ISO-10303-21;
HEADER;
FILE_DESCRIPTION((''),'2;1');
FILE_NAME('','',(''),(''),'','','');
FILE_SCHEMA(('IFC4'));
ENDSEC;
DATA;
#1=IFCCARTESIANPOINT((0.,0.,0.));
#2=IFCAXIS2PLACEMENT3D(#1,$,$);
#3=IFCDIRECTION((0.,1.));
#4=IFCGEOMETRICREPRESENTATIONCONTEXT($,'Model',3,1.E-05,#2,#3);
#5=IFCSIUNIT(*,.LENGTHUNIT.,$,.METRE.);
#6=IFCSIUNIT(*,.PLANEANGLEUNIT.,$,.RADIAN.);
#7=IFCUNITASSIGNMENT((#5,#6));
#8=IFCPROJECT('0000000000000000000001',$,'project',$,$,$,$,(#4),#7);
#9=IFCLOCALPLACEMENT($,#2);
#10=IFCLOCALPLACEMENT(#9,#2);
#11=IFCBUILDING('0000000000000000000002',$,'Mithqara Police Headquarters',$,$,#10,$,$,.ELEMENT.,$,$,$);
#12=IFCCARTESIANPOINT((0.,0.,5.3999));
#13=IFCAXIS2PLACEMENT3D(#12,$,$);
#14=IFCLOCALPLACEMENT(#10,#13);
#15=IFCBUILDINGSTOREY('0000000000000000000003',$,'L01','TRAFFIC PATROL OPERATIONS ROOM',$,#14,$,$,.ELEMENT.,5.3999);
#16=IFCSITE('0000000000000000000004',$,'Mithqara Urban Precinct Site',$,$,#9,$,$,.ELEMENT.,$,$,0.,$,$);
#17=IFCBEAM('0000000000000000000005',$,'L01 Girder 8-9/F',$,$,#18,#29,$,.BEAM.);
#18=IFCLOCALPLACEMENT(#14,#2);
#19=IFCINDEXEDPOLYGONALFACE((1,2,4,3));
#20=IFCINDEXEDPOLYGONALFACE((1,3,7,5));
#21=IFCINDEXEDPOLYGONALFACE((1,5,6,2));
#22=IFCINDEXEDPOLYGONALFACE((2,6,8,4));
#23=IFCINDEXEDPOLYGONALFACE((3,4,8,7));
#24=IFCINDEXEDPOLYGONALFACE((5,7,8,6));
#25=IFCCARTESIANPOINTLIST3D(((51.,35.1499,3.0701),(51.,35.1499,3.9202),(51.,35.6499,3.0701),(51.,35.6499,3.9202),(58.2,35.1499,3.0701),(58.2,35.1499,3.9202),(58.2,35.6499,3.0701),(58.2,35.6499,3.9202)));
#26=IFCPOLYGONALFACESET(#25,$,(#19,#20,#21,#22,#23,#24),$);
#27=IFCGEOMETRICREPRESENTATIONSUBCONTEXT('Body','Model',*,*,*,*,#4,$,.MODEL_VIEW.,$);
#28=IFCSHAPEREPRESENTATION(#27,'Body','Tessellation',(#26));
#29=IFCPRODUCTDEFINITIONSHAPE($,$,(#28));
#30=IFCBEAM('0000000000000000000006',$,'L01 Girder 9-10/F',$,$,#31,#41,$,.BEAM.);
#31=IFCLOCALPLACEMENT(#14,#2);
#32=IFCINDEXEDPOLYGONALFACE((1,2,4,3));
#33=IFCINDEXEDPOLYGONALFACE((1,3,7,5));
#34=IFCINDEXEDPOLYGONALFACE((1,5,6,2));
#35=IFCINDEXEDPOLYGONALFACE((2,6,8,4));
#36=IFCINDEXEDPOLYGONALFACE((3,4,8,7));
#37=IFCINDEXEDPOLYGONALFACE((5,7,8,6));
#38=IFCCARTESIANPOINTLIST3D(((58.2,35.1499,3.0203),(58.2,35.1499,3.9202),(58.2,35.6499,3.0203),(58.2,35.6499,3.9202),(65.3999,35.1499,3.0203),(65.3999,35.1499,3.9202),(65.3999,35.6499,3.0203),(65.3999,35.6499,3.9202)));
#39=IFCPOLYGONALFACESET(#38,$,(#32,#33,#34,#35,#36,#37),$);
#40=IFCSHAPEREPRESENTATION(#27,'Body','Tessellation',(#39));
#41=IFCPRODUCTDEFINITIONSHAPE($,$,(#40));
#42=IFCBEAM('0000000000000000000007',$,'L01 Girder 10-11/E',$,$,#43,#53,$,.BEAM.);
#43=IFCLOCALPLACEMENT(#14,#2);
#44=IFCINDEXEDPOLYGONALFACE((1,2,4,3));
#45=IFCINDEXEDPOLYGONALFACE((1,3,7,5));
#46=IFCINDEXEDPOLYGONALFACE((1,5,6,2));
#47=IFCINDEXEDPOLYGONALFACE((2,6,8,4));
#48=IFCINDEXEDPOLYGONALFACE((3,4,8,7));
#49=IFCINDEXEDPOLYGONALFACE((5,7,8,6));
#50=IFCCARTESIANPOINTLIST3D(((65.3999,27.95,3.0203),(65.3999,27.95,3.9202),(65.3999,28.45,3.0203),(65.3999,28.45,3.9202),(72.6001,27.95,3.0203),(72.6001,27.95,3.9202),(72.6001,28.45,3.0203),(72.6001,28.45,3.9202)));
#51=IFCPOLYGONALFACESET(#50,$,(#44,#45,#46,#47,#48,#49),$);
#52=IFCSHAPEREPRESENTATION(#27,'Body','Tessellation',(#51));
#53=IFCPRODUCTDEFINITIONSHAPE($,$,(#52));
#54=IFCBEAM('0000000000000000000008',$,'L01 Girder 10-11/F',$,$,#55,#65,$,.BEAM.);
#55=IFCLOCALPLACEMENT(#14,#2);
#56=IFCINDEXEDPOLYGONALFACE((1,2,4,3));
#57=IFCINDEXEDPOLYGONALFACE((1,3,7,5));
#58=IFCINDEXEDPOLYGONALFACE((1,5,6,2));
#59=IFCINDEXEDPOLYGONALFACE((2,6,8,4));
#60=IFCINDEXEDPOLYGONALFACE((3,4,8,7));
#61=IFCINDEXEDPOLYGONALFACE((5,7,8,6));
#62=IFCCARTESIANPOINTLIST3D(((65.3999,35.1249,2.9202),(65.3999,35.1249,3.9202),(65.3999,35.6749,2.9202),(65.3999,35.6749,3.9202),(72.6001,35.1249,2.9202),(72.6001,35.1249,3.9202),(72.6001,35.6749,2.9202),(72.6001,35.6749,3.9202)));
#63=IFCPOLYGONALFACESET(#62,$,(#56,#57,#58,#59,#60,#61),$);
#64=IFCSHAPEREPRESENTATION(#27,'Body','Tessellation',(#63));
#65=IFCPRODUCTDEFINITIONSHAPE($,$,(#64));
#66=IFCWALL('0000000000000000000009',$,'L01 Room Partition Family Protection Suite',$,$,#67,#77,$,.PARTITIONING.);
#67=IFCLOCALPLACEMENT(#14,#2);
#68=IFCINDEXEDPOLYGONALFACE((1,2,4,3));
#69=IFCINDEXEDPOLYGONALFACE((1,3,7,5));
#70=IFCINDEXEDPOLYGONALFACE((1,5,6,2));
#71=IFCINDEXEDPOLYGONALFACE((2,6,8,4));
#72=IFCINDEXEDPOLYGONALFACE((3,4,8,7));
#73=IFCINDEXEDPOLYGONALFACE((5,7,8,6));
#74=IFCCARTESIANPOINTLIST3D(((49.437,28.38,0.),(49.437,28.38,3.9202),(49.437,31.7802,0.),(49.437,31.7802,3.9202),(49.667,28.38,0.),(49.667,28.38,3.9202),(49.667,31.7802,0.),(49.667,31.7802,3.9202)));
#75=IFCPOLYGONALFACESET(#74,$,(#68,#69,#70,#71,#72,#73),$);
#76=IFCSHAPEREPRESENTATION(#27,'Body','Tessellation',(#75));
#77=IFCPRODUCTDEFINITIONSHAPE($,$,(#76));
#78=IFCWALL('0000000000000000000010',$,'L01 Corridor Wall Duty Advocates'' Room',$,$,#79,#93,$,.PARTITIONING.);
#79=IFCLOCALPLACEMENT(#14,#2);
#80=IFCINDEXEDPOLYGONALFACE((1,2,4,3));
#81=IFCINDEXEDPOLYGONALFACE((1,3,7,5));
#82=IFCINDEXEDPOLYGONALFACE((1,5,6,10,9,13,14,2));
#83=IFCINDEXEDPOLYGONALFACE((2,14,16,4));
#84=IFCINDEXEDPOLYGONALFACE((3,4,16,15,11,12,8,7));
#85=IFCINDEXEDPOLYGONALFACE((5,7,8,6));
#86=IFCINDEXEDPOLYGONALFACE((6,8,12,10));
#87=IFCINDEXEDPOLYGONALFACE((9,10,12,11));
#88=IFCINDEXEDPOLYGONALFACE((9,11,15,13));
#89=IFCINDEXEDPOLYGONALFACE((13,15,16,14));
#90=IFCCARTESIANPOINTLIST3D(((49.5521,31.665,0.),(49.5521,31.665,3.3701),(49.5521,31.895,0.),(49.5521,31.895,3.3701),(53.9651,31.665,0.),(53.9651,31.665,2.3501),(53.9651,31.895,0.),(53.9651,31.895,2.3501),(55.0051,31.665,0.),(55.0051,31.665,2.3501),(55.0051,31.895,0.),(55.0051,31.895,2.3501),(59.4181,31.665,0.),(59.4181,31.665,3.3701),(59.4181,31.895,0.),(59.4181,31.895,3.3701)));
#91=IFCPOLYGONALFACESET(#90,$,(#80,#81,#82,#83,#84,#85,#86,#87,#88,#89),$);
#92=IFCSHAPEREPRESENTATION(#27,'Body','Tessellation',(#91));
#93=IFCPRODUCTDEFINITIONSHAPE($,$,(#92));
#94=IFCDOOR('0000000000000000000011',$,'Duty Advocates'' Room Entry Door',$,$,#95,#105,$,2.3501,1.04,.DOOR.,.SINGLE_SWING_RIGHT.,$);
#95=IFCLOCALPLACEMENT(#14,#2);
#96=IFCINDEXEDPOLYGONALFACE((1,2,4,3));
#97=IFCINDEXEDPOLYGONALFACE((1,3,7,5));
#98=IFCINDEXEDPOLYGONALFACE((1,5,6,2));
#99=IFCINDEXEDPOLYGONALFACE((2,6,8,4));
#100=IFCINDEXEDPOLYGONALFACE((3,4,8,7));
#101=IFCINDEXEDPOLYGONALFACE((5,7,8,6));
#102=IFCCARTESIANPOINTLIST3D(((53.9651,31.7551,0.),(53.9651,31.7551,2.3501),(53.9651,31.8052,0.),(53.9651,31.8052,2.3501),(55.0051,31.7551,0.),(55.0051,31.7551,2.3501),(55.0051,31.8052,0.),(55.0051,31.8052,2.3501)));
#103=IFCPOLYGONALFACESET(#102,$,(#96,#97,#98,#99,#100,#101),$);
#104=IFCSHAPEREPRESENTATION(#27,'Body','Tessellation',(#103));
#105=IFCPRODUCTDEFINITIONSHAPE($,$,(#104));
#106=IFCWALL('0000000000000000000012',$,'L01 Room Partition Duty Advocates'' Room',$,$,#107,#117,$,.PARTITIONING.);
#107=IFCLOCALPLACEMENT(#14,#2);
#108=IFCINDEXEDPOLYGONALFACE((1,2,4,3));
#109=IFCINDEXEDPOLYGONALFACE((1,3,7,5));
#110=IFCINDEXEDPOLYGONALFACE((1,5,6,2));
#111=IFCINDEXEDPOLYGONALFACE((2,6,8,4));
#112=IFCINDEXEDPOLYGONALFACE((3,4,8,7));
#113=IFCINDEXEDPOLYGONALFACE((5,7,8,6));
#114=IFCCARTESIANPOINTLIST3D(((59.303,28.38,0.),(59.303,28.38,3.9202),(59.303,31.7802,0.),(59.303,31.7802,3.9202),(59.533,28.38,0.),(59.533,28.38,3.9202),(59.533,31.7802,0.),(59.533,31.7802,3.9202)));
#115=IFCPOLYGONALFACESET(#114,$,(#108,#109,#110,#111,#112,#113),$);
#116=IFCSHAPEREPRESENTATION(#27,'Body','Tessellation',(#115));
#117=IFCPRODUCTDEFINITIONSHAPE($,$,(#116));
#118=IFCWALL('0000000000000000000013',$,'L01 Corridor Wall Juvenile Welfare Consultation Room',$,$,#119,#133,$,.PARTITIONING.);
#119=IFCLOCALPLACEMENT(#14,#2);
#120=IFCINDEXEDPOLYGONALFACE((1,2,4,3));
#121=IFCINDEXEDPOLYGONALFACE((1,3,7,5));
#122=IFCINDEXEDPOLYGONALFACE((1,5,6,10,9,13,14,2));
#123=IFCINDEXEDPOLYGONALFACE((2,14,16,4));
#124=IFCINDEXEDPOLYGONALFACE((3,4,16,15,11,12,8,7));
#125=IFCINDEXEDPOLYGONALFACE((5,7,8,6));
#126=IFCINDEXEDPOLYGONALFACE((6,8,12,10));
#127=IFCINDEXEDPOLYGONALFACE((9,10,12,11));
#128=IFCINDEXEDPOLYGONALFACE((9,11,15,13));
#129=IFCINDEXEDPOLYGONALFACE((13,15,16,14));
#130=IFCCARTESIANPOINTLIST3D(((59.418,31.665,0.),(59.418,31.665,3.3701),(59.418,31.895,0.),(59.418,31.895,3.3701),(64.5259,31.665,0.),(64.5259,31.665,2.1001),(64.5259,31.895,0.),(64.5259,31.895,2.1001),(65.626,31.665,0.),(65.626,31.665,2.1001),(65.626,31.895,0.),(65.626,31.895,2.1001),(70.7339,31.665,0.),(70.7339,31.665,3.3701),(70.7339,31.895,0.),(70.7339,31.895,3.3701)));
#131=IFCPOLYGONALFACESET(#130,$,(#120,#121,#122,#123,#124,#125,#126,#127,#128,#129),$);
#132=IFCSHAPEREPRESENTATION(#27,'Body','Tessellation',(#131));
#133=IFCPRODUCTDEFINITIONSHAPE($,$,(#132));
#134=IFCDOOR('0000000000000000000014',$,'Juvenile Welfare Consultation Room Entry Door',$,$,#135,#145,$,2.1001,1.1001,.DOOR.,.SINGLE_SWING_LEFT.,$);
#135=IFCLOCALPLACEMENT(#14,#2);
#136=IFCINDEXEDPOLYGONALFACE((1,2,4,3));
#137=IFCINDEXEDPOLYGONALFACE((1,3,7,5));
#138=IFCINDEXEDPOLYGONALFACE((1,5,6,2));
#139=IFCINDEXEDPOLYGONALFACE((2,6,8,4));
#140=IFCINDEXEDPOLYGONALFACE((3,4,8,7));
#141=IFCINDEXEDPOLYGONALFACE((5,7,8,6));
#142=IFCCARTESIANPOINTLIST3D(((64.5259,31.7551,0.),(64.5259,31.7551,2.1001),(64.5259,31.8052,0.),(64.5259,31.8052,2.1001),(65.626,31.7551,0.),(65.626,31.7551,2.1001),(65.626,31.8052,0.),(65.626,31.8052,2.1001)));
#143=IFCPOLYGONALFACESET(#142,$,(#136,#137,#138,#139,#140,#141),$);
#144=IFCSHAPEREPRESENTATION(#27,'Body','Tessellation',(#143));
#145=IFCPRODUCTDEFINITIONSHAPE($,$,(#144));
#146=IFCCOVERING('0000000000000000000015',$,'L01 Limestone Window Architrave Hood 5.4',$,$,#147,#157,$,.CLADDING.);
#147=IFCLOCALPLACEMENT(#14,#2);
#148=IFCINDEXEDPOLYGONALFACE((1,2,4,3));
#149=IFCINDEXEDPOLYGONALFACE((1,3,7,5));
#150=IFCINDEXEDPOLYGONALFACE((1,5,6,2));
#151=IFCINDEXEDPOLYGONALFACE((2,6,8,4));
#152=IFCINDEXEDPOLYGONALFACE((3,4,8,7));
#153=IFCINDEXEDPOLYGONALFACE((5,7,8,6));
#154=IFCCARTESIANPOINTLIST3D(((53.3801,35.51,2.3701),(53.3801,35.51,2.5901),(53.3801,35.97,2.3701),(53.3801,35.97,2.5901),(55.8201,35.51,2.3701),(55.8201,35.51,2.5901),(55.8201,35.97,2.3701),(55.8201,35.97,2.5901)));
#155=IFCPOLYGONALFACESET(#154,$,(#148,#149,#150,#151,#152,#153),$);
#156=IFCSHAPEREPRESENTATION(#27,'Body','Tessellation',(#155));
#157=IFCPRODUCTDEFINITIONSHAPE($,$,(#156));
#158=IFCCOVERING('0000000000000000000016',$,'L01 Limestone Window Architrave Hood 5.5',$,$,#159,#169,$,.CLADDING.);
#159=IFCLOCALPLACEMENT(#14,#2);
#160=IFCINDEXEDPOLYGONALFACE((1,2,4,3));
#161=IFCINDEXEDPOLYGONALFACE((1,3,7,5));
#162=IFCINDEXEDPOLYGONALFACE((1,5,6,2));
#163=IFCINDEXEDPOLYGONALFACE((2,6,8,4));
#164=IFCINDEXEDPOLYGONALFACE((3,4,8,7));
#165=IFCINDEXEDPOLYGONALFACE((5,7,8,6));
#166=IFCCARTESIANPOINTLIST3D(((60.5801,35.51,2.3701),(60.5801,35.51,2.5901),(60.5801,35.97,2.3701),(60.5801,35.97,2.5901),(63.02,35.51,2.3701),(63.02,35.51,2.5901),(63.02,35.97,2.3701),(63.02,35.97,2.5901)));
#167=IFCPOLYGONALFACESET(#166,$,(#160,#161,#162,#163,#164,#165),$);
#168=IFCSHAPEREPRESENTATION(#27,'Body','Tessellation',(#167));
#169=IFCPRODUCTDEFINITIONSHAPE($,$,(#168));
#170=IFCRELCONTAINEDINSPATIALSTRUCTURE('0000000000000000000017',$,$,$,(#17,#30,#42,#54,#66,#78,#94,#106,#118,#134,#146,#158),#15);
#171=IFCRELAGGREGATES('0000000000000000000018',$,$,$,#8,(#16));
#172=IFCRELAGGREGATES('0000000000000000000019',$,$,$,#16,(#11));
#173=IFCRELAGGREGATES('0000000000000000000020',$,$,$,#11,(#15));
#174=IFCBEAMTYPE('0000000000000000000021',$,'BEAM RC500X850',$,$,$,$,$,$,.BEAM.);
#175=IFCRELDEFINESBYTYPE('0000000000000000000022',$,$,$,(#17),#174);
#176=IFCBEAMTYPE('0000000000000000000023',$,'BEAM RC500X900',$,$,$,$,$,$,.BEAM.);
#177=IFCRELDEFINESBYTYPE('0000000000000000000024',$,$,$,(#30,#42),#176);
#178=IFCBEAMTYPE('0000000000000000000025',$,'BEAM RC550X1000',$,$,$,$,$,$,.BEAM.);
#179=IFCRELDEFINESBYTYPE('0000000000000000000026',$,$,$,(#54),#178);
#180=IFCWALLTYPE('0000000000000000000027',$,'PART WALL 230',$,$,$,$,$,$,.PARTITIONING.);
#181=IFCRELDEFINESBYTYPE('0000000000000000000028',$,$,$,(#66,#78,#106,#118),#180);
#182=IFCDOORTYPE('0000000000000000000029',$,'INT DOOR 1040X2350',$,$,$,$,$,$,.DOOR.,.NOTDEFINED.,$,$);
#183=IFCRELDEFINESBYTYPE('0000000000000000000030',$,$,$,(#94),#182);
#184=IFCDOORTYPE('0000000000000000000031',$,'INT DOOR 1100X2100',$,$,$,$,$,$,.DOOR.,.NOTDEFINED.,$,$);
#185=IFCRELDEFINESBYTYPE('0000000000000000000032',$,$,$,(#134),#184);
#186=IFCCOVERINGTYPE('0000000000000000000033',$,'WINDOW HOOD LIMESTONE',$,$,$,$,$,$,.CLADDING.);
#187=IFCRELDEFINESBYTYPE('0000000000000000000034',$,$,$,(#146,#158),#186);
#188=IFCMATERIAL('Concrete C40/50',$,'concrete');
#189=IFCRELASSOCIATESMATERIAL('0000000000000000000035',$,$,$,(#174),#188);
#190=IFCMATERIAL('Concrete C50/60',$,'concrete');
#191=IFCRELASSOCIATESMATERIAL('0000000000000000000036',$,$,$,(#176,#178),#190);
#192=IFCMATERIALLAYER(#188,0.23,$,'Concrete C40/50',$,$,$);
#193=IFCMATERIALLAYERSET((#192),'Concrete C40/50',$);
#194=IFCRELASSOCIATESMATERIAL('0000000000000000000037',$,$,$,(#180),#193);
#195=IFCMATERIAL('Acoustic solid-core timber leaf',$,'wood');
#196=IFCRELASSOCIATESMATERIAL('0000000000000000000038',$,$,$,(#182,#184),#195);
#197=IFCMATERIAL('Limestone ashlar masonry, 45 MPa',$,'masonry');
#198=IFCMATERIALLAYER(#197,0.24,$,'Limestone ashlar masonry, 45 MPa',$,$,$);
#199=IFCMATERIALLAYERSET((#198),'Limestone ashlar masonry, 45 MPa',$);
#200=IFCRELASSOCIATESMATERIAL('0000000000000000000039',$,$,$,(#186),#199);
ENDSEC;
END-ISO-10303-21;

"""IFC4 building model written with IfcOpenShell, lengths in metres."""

from ifc_helpers import new_model, si_unit, direction, frame, frame_2d, origin, origin_2d, place, context, subcontext, project, spatial, rectangle, extrude, material, layer, layer_set, material_profile, profile_set, type_object, element, fill, save


model = new_model("IFC4")

# Units and contexts
model_context = context("Model", 3, precision=1e-05, world=origin(), true_north=direction((0.0, 1.0)))
body_context = subcontext(model_context, "Body", "Model", "MODEL_VIEW")
ifc_project = project(units=[si_unit("LENGTHUNIT", "METRE"), si_unit("PLANEANGLEUNIT", "RADIAN")], contexts=[model_context])

# Site, building, storey
site_placement = place(None, origin())
site = spatial("IfcSite", under=ifc_project, at=site_placement, Name="Mithqara Urban Precinct Site", CompositionType="ELEMENT", RefElevation=0.0)
building_placement = place(site_placement, origin())
building = spatial("IfcBuilding", under=site, at=building_placement, Name="Mithqara Police Headquarters", CompositionType="ELEMENT")
storey_placement = place(building_placement, frame((0.0, 0.0, 5.3999)))
storey = spatial("IfcBuildingStorey", under=building, at=storey_placement, Name="L01", Description="TRAFFIC PATROL OPERATIONS ROOM", CompositionType="ELEMENT", Elevation=5.3999)

# Shared definitions
ifc_material_1 = material(Name="Concrete C50/60", Category="concrete")

# Beams
ifc_material_2 = material(Name="Concrete C40/50", Category="concrete")
ifc_material_profile_1 = material_profile(ifc_material_2, rectangle(XDim=0.5, YDim=0.8501, at=origin_2d()), Name="RC 500x850")
ifc_profile_set_1 = profile_set([ifc_material_profile_1], Name="Concrete C40/50")
beam_type_1 = type_object("IfcBeamType", Name="BEAM RC500X850", PredefinedType="BEAM", material=ifc_profile_set_1)
beam_1_placement = place(storey_placement, frame((51.0, 35.3999, 3.4951), z_axis=(1.0, 0.0, 0.0), x_axis=(0.0, 1.0, 0.0)))
element("IfcBeam", 1, at=beam_1_placement, inside=storey, type_object=beam_type_1, Name="L01 Girder 8-9/F", PredefinedType="BEAM", context=body_context, shape_type="SweptSolid", body=[
    extrude(rectangle(XDim=0.5, YDim=0.8501, at=origin_2d()), origin(), (0.0, 0.0, 1.0), 7.2),
])
ifc_material_profile_2 = material_profile(ifc_material_1, rectangle(XDim=0.5, YDim=0.8999, at=origin_2d()), Name="RC 500x900")
ifc_profile_set_2 = profile_set([ifc_material_profile_2], Name="Concrete C50/60")
beam_type_2 = type_object("IfcBeamType", Name="BEAM RC500X900", PredefinedType="BEAM", material=ifc_profile_set_2)
beam_2_placement = place(storey_placement, frame((58.2, 35.3999, 3.4702), z_axis=(1.0, 0.0, 0.0), x_axis=(0.0, 1.0, 0.0)))
element("IfcBeam", 2, at=beam_2_placement, inside=storey, type_object=beam_type_2, Name="L01 Girder 9-10/F", PredefinedType="BEAM", context=body_context, shape_type="SweptSolid", body=[
    extrude(rectangle(XDim=0.5, YDim=0.8999, at=origin_2d()), origin(), (0.0, 0.0, 1.0), 7.2),
])
beam_3_placement = place(storey_placement, frame((65.3999, 28.2, 3.4702), z_axis=(1.0, 0.0, 0.0), x_axis=(0.0, 1.0, 0.0)))
element("IfcBeam", 3, at=beam_3_placement, inside=storey, type_object=beam_type_2, Name="L01 Girder 10-11/E", PredefinedType="BEAM", context=body_context, shape_type="SweptSolid", body=[
    extrude(rectangle(XDim=0.5, YDim=0.8999, at=origin_2d()), origin(), (0.0, 0.0, 1.0), 7.2002),
])
ifc_material_profile_3 = material_profile(ifc_material_1, rectangle(XDim=0.55, YDim=1.0, at=origin_2d()), Name="RC 550x1000")
ifc_profile_set_3 = profile_set([ifc_material_profile_3], Name="Concrete C50/60")
beam_type_3 = type_object("IfcBeamType", Name="BEAM RC550X1000", PredefinedType="BEAM", material=ifc_profile_set_3)
beam_4_placement = place(storey_placement, frame((65.3999, 35.3999, 3.4202), z_axis=(1.0, 0.0, 0.0), x_axis=(0.0, 1.0, 0.0)))
element("IfcBeam", 4, at=beam_4_placement, inside=storey, type_object=beam_type_3, Name="L01 Girder 10-11/F", PredefinedType="BEAM", context=body_context, shape_type="SweptSolid", body=[
    extrude(rectangle(XDim=0.55, YDim=1.0, at=origin_2d()), origin(), (0.0, 0.0, 1.0), 7.2002),
])

# Wall
ifc_layer_1 = layer(ifc_material_2, 0.23, Name="Concrete C40/50")
ifc_layer_set_1 = layer_set([ifc_layer_1], Name="Concrete C40/50")
wall_type = type_object("IfcWallType", Name="PART WALL 230", PredefinedType="PARTITIONING", material=ifc_layer_set_1)
wall_1_placement = place(storey_placement, frame((49.552, 28.3799, 0.0), z_axis=(0.0, 0.0, 1.0), x_axis=(0.0, 1.0, 0.0)))
element("IfcWall", 5, at=wall_1_placement, inside=storey, type_object=wall_type, Name="L01 Room Partition Family Protection Suite", PredefinedType="PARTITIONING", context=body_context, shape_type="SweptSolid", body=[
    extrude(rectangle(XDim=3.4001, YDim=0.23, at=frame_2d((1.7002, 0.0))), origin(), (0.0, 0.0, 1.0), 3.9202),
])

# Wall, opening, door
wall_2_placement = place(storey_placement, frame((49.552, 31.78, 0.0), z_axis=(0.0, 0.0, 1.0), x_axis=(1.0, 0.0, 0.0)))
wall_2 = element("IfcWall", 6, at=wall_2_placement, inside=storey, type_object=wall_type, Name="L01 Corridor Wall Duty Advocates' Room", PredefinedType="PARTITIONING", context=body_context, shape_type="SweptSolid", body=[
    extrude(rectangle(XDim=9.866, YDim=0.23, at=frame_2d((4.9331, 0.0))), origin(), (0.0, 0.0, 1.0), 3.3701),
])
opening_1_placement = place(wall_2_placement, frame((4.4131, 0.0, 0.0)))
opening_1 = element("IfcOpeningElement", 7, at=opening_1_placement, cuts=wall_2, PredefinedType="OPENING", context=body_context, shape_type="SweptSolid", body=[
    extrude(rectangle(XDim=1.04, YDim=2.3501, at=frame_2d((0.52, 1.175))), frame((0.0, 0.125, 0.0), z_axis=(0.0, -1.0, 0.0), x_axis=(1.0, 0.0, 0.0)), (0.0, 0.0, 1.0), 0.25),
])
ifc_material_3 = material(Name="Acoustic solid-core timber leaf", Category="wood")
door_type_1 = type_object("IfcDoorType", Name="INT DOOR 1040X2350", OperationType="NOTDEFINED", PredefinedType="DOOR", material=ifc_material_3)
door_1_placement = place(opening_1_placement, frame((1.04, 0.0, 0.0), z_axis=(0.0, 0.0, 1.0), x_axis=(-1.0, 0.0, 0.0)))
door_1 = element("IfcDoor", 8, at=door_1_placement, inside=storey, type_object=door_type_1, Name="Duty Advocates' Room Entry Door", OperationType="SINGLE_SWING_RIGHT", OverallHeight=2.3501, OverallWidth=1.04, PredefinedType="DOOR", context=body_context, shape_type="SweptSolid", body=[
    extrude(rectangle(XDim=1.04, YDim=2.3501, at=frame_2d((0.52, 1.175))), frame((0.0, 0.0249, 0.0), z_axis=(0.0, -1.0, 0.0), x_axis=(1.0, 0.0, 0.0)), (0.0, 0.0, 1.0), 0.05),
])
fill(opening_1, door_1)

# Wall
wall_3_placement = place(storey_placement, frame((59.418, 28.3799, 0.0), z_axis=(0.0, 0.0, 1.0), x_axis=(0.0, 1.0, 0.0)))
element("IfcWall", 9, at=wall_3_placement, inside=storey, type_object=wall_type, Name="L01 Room Partition Duty Advocates' Room", PredefinedType="PARTITIONING", context=body_context, shape_type="SweptSolid", body=[
    extrude(rectangle(XDim=3.4001, YDim=0.23, at=frame_2d((1.7002, 0.0))), origin(), (0.0, 0.0, 1.0), 3.9202),
])

# Wall, opening, door
wall_4_placement = place(storey_placement, frame((59.418, 31.78, 0.0), z_axis=(0.0, 0.0, 1.0), x_axis=(1.0, 0.0, 0.0)))
wall_4 = element("IfcWall", 10, at=wall_4_placement, inside=storey, type_object=wall_type, Name="L01 Corridor Wall Juvenile Welfare Consultation Room", PredefinedType="PARTITIONING", context=body_context, shape_type="SweptSolid", body=[
    extrude(rectangle(XDim=11.3159, YDim=0.23, at=frame_2d((5.658, 0.0))), origin(), (0.0, 0.0, 1.0), 3.3701),
])
opening_2_placement = place(wall_4_placement, frame((5.1079, 0.0, 0.0)))
opening_2 = element("IfcOpeningElement", 11, at=opening_2_placement, cuts=wall_4, PredefinedType="OPENING", context=body_context, shape_type="SweptSolid", body=[
    extrude(rectangle(XDim=1.1001, YDim=2.1001, at=frame_2d((0.55, 1.05))), frame((0.0, 0.125, 0.0), z_axis=(0.0, -1.0, 0.0), x_axis=(1.0, 0.0, 0.0)), (0.0, 0.0, 1.0), 0.25),
])
door_type_2 = type_object("IfcDoorType", Name="INT DOOR 1100X2100", OperationType="NOTDEFINED", PredefinedType="DOOR", material=ifc_material_3)
door_2_placement = place(opening_2_placement, frame((1.1001, 0.0, 0.0), z_axis=(0.0, 0.0, 1.0), x_axis=(-1.0, 0.0, 0.0)))
door_2 = element("IfcDoor", 12, at=door_2_placement, inside=storey, type_object=door_type_2, Name="Juvenile Welfare Consultation Room Entry Door", OperationType="SINGLE_SWING_LEFT", OverallHeight=2.1001, OverallWidth=1.1001, PredefinedType="DOOR", context=body_context, shape_type="SweptSolid", body=[
    extrude(rectangle(XDim=1.1001, YDim=2.1001, at=frame_2d((0.55, 1.05))), frame((0.0, 0.0249, 0.0), z_axis=(0.0, -1.0, 0.0), x_axis=(1.0, 0.0, 0.0)), (0.0, 0.0, 1.0), 0.05),
])
fill(opening_2, door_2)

# Coverings
ifc_material_4 = material(Name="Limestone ashlar masonry, 45 MPa", Category="masonry")
ifc_layer_2 = layer(ifc_material_4, 0.24, Name="Limestone ashlar masonry, 45 MPa")
ifc_layer_set_2 = layer_set([ifc_layer_2], Name="Limestone ashlar masonry, 45 MPa")
covering_type = type_object("IfcCoveringType", Name="WINDOW HOOD LIMESTONE", PredefinedType="CLADDING", material=ifc_layer_set_2)
for number, where, z_axis, x_axis, name in (
    (13, (54.6001, 35.74, 2.3701), (0.0, 0.0, 1.0), (1.0, 0.0, 0.0), "L01 Limestone Window Architrave Hood 5.4"),
    (14, (61.8, 35.74, 2.3701), (0.0, 0.0, 1.0), (1.0, 0.0, 0.0), "L01 Limestone Window Architrave Hood 5.5"),
):
    element("IfcCovering", number, at=place(storey_placement, frame(where, z_axis=z_axis, x_axis=x_axis)), inside=storey, type_object=covering_type, Name=name, PredefinedType="CLADDING", context=body_context, shape_type="SweptSolid", body=[
        extrude(rectangle(XDim=2.4399, YDim=0.46, at=origin_2d()), origin(), (0.0, 0.0, 1.0), 0.22),
    ])

save(model, "model.ifc")
